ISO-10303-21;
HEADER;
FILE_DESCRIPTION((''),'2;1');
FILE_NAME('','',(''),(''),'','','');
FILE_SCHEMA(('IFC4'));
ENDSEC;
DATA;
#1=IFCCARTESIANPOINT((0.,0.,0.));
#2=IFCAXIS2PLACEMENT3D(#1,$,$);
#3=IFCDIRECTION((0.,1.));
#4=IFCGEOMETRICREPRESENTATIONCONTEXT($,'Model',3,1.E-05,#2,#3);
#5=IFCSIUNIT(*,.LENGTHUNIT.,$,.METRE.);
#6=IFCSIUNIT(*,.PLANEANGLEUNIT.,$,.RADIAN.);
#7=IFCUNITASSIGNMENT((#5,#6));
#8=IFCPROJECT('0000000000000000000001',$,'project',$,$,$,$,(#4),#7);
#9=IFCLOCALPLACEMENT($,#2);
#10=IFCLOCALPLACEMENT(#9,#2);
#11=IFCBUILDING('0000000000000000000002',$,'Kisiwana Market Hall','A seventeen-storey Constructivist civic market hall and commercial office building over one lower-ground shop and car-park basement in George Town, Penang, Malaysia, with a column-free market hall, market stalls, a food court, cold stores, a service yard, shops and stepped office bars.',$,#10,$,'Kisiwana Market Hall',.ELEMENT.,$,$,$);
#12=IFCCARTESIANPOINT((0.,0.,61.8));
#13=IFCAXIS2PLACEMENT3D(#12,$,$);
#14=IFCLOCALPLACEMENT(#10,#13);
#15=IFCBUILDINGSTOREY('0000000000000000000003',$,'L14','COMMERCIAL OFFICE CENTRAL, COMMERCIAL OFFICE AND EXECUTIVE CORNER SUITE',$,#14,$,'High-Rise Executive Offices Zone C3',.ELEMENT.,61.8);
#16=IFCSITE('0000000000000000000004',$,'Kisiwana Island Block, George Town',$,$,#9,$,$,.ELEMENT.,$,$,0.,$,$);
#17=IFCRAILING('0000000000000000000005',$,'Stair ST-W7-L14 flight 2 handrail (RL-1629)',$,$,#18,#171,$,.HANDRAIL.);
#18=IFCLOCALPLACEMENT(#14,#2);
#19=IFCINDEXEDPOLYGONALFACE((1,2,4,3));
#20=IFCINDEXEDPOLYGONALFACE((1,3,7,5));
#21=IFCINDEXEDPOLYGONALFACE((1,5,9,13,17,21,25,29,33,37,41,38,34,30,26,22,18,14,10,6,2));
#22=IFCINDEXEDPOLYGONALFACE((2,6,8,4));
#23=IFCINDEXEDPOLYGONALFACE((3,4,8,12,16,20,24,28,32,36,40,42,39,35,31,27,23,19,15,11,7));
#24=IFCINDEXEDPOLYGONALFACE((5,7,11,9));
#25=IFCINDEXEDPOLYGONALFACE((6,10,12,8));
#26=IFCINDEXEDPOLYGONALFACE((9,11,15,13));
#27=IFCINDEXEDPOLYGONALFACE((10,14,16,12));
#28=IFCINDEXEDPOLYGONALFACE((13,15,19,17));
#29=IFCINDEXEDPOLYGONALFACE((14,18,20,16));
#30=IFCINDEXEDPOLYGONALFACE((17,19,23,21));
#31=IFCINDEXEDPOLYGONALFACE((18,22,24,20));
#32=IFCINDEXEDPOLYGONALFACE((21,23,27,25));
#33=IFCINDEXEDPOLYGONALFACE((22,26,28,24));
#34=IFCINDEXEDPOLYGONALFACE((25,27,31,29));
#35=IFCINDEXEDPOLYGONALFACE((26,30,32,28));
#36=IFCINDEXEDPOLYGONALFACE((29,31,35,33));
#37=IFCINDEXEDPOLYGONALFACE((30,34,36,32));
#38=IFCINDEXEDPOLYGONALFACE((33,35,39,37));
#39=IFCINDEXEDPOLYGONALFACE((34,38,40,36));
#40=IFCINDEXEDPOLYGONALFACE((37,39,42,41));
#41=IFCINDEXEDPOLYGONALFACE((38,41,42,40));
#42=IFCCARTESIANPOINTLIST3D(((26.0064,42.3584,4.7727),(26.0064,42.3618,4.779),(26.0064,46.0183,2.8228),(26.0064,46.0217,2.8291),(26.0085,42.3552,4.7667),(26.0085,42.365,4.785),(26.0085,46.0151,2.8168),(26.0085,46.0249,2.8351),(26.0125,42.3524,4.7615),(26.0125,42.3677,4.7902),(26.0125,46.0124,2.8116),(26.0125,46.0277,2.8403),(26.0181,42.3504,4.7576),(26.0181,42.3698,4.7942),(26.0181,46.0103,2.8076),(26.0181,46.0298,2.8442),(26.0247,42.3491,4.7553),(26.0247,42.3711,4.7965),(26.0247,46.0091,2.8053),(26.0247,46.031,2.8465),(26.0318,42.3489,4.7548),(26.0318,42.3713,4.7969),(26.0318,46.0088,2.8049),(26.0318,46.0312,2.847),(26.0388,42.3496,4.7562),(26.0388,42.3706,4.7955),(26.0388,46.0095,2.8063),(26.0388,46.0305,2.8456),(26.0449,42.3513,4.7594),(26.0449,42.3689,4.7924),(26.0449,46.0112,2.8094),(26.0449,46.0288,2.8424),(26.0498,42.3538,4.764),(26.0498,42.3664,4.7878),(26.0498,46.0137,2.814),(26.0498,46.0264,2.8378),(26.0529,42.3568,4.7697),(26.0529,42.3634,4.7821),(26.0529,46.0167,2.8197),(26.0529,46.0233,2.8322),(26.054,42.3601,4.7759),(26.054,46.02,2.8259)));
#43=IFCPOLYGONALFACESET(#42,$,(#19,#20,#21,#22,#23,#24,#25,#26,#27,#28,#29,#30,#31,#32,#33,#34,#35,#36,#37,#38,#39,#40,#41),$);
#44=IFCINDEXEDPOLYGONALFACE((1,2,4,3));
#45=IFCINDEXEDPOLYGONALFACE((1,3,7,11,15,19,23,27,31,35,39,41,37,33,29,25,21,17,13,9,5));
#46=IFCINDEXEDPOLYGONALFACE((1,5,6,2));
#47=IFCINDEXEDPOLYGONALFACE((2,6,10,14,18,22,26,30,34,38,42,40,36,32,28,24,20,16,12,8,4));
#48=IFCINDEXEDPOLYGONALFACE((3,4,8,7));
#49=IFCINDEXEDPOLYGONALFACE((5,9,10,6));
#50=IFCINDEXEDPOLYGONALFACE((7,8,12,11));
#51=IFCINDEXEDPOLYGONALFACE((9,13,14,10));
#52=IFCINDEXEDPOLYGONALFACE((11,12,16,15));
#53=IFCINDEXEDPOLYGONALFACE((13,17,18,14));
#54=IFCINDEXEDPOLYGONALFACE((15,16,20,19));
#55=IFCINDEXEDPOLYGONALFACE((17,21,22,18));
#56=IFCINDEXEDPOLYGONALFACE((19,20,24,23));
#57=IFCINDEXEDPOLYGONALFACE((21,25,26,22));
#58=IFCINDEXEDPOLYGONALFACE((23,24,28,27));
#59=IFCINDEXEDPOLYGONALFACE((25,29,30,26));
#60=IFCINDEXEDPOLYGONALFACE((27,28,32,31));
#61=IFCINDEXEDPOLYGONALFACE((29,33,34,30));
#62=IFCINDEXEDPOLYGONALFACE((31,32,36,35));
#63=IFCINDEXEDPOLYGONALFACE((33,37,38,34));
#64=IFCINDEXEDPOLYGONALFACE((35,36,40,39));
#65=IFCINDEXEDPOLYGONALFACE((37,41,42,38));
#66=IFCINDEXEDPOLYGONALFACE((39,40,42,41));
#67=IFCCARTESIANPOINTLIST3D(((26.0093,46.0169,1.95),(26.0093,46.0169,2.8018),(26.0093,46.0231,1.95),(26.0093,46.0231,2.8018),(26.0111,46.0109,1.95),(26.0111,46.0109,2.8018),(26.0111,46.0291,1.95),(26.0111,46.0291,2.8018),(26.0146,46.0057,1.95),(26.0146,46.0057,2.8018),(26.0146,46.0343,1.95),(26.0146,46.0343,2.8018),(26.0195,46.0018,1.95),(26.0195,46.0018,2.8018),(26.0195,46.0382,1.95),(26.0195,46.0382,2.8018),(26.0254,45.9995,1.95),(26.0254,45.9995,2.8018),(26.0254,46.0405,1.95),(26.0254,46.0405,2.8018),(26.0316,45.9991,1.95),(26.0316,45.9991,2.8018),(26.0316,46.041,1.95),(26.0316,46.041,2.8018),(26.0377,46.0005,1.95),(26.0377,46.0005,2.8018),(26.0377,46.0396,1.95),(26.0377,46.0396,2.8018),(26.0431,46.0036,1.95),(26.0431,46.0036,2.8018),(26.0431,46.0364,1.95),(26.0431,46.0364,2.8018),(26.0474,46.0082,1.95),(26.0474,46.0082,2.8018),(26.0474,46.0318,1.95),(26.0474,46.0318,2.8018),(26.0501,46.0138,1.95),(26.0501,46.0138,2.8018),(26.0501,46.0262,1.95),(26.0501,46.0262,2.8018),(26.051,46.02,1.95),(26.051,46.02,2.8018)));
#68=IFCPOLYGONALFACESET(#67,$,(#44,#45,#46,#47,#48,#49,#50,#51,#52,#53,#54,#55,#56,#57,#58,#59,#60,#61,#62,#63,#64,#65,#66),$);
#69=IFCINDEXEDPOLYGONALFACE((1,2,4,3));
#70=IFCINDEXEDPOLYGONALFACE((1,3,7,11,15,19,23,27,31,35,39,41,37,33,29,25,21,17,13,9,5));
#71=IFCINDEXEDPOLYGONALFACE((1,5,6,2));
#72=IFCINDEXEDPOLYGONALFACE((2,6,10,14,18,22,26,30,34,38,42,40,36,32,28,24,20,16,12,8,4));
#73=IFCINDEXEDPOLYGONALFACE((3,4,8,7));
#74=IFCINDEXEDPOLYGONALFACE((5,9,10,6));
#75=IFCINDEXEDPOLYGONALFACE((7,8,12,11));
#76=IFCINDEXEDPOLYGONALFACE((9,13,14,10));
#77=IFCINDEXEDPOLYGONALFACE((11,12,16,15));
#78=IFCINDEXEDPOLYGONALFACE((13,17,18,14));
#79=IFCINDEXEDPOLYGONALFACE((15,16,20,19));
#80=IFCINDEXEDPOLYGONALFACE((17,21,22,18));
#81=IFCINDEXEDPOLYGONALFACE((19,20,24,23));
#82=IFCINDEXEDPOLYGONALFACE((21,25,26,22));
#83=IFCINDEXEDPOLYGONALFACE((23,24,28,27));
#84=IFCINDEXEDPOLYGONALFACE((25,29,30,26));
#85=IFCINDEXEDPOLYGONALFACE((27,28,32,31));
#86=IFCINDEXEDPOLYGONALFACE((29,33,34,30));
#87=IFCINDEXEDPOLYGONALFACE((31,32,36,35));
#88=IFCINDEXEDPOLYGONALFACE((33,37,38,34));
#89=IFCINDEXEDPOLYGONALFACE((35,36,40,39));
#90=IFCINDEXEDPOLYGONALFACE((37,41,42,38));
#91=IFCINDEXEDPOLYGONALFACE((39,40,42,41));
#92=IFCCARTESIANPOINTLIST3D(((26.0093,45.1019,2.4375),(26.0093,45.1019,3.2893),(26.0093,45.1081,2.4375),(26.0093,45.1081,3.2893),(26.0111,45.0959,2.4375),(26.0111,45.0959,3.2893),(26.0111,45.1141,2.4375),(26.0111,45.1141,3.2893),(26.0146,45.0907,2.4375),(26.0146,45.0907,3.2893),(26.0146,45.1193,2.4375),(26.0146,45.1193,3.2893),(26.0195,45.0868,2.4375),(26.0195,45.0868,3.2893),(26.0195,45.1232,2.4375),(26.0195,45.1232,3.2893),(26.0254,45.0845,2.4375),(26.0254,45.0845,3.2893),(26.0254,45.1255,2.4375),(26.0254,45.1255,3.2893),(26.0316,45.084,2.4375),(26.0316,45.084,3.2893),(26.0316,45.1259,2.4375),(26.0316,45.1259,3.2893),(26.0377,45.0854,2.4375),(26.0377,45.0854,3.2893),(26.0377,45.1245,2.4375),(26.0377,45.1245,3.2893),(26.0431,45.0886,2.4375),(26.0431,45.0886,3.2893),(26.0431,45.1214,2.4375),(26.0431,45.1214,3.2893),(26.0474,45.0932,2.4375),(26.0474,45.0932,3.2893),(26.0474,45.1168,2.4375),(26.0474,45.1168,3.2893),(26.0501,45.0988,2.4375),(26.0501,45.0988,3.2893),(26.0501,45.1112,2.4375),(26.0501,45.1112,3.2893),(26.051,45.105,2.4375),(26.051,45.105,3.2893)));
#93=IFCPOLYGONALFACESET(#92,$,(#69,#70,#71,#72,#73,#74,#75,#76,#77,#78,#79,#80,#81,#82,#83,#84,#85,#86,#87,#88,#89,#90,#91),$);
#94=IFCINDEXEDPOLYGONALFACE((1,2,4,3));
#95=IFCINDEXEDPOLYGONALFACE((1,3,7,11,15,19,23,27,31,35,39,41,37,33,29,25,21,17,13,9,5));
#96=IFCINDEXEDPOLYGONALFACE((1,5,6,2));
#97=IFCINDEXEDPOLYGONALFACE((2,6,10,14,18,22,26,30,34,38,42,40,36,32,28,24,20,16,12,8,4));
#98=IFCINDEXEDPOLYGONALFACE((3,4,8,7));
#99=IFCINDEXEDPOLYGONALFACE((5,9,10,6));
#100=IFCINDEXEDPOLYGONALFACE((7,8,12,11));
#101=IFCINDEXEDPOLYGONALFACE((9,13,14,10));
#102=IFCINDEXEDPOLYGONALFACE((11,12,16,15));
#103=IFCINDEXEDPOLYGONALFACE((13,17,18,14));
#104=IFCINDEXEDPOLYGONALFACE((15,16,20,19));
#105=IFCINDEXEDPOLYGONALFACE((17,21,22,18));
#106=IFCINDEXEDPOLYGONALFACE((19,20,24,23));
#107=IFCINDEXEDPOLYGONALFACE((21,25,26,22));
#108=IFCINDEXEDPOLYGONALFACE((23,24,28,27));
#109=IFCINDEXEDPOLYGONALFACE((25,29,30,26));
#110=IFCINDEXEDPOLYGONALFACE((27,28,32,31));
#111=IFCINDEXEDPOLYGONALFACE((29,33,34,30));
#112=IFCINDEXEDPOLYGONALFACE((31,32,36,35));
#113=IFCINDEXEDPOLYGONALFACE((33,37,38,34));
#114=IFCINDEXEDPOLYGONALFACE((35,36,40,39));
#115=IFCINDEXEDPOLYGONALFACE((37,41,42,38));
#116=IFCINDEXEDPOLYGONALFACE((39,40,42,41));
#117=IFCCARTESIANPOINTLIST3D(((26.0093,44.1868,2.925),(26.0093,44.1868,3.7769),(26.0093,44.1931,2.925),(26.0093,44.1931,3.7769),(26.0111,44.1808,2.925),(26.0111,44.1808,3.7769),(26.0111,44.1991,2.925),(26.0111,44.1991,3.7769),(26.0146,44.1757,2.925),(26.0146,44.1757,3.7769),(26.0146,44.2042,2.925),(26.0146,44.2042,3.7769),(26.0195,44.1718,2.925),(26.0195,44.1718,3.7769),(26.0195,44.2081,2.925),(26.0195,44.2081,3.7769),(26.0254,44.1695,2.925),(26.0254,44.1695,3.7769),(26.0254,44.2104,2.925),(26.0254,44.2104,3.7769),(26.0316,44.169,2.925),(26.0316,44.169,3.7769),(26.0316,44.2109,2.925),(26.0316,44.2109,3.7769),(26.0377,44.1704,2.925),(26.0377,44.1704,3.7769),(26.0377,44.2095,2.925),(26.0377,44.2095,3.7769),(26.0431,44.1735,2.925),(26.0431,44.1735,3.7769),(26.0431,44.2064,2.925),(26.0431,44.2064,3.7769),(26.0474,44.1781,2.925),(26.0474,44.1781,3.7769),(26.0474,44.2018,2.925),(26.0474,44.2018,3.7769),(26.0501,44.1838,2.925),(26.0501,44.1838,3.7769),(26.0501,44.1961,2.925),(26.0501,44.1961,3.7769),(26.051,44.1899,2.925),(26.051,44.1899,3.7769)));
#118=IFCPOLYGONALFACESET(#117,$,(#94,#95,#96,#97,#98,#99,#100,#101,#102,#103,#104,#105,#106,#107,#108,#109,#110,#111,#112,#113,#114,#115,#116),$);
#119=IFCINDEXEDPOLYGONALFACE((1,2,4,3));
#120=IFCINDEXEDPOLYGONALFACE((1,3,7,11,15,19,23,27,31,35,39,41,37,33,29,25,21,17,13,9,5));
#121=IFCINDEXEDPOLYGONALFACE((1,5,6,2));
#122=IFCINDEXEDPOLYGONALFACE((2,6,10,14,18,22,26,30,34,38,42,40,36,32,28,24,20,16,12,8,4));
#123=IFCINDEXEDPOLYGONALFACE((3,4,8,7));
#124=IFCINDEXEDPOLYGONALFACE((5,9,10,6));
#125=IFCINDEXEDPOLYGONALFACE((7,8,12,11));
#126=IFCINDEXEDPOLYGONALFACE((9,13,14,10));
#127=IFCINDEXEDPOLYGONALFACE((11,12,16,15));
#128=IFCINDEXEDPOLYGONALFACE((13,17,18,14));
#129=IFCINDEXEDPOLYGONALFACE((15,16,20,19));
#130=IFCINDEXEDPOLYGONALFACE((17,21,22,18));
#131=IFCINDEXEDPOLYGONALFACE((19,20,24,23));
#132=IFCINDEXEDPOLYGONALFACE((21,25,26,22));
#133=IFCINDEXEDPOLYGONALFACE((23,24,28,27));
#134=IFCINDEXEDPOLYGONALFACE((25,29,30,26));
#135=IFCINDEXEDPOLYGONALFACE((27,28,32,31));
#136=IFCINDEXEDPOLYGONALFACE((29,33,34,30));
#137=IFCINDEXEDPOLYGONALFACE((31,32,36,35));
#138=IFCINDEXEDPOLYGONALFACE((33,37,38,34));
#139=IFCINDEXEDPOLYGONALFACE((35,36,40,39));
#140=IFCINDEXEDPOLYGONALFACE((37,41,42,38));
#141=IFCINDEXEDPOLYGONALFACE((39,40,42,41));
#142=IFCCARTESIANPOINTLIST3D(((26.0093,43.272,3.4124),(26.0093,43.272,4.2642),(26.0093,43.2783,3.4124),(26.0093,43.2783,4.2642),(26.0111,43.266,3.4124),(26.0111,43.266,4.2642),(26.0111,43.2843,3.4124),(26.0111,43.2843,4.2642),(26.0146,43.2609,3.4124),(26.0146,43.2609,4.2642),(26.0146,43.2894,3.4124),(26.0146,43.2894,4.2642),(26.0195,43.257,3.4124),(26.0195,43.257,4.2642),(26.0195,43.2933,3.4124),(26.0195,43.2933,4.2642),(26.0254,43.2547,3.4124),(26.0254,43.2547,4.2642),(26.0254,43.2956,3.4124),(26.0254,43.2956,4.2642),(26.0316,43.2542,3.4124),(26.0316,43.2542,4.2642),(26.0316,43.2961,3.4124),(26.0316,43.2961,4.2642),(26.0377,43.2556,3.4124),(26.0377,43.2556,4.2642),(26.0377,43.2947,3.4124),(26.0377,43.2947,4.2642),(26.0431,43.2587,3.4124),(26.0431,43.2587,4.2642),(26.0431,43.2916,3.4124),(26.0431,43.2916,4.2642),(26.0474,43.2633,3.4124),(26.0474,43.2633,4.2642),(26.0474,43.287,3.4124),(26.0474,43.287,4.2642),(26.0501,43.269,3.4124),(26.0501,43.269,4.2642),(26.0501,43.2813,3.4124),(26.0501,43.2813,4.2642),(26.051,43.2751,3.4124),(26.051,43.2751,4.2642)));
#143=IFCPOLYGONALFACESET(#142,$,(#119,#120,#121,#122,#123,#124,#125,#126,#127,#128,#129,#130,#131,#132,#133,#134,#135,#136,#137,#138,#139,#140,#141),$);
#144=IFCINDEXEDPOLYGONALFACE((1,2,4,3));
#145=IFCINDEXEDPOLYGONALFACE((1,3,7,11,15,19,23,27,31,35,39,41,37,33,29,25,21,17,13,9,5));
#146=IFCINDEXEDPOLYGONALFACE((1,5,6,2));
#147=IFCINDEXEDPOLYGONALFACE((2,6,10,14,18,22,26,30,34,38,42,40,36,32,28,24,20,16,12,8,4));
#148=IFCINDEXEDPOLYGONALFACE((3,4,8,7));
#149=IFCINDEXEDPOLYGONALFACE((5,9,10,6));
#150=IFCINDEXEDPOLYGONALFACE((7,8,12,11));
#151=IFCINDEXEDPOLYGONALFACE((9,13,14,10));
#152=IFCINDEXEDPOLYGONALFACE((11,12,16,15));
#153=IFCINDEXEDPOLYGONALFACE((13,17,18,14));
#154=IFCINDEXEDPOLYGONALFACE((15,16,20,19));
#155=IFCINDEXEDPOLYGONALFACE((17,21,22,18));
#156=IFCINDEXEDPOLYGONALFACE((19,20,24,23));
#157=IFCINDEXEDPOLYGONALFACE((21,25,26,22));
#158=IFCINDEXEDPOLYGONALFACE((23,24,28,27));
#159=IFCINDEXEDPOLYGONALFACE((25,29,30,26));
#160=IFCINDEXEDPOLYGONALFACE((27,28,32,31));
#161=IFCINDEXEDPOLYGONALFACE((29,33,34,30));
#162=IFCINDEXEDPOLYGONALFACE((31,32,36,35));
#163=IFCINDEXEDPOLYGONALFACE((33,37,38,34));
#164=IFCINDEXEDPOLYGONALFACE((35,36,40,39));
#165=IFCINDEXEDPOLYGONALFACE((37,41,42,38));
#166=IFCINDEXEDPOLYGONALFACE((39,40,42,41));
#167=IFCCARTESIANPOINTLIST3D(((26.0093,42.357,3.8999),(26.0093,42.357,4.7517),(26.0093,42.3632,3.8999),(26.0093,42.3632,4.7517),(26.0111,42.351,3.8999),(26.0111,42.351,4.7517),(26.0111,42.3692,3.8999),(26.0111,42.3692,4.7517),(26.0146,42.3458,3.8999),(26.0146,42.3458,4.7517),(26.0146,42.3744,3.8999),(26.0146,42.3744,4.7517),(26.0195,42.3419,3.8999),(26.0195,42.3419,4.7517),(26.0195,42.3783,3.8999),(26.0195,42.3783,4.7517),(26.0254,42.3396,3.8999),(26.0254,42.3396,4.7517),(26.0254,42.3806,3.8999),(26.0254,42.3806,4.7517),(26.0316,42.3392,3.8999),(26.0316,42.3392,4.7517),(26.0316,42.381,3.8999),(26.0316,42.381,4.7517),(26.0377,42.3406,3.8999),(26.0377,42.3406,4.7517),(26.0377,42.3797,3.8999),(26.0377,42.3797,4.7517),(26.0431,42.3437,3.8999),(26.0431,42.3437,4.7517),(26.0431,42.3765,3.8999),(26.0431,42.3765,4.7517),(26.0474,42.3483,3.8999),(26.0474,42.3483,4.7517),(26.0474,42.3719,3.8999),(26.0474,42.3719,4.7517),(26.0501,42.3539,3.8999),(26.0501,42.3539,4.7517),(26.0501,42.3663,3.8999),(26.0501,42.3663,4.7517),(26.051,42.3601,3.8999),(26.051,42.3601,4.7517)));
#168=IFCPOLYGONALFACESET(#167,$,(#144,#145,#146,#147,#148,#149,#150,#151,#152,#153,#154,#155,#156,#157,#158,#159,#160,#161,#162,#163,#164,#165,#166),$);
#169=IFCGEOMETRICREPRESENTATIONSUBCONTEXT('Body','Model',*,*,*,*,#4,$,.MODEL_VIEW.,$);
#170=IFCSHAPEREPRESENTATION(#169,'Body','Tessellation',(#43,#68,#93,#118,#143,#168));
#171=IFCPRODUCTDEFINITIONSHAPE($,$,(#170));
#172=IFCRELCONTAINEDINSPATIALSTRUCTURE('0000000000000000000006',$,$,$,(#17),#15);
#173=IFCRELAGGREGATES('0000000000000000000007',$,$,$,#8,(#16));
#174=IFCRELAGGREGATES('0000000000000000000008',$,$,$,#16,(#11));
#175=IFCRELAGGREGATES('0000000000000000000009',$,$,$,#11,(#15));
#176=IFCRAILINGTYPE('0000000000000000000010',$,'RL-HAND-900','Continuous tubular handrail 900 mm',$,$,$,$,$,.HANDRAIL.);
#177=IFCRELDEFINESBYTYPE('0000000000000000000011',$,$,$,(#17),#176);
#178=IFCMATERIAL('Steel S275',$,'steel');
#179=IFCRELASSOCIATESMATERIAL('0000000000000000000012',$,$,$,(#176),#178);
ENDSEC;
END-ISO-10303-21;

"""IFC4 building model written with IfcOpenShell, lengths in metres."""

from ifc_helpers import new_model, si_unit, direction, frame, origin, origin_2d, place, context, subcontext, project, spatial, circle, extrude, material, type_object, element, save


model = new_model("IFC4")

# Units and contexts
model_context = context("Model", 3, precision=1e-05, world=origin(), true_north=direction((0.0, 1.0)))
body_context = subcontext(model_context, "Body", "Model", "MODEL_VIEW")
ifc_project = project(units=[si_unit("LENGTHUNIT", "METRE"), si_unit("PLANEANGLEUNIT", "RADIAN")], contexts=[model_context])

# Site, building, storey
site_placement = place(None, origin())
site = spatial("IfcSite", under=ifc_project, at=site_placement, Name="Kisiwana Island Block, George Town", CompositionType="ELEMENT", RefElevation=0.0)
building_placement = place(site_placement, origin())
building = spatial("IfcBuilding", under=site, at=building_placement, Name="Kisiwana Market Hall", Description="A seventeen-storey Constructivist civic market hall and commercial office building over one lower-ground shop and car-park basement in George Town, Penang, Malaysia, with a column-free market hall, market stalls, a food court, cold stores, a service yard, shops and stepped office bars.", LongName="Kisiwana Market Hall", CompositionType="ELEMENT")
storey_placement = place(building_placement, frame((0.0, 0.0, 61.8)))
storey = spatial("IfcBuildingStorey", under=building, at=storey_placement, Name="L14", Description="COMMERCIAL OFFICE CENTRAL, COMMERCIAL OFFICE AND EXECUTIVE CORNER SUITE", LongName="High-Rise Executive Offices Zone C3", CompositionType="ELEMENT", Elevation=61.8)

# Railing
ifc_material_1 = material(Name="Steel S275", Category="steel")
railing_type_1 = type_object("IfcRailingType", Name="RL-HAND-900", Description="Continuous tubular handrail 900 mm", PredefinedType="HANDRAIL", material=ifc_material_1)
railing_1_placement = place(storey_placement, frame((26.03, 46.02, 1.95)))
element("IfcRailing", 1, at=railing_1_placement, inside=storey, type_object=railing_type_1, Name="Stair ST-W7-L14 flight 2 handrail (RL-1629)", PredefinedType="HANDRAIL", context=body_context, shape_type="SweptSolid", body=[
    extrude(circle(Radius=0.0239, at=origin_2d()), frame((0.0, 0.0, 0.876), z_axis=(0.0, -0.882553, 0.470212), x_axis=(1.0, 0.0, 0.0)), (0.0, 0.0, 1.0), 4.147),
    extrude(circle(Radius=0.021, at=origin_2d()), origin(), (0.0, 0.0, 1.0), 0.8518),
    extrude(circle(Radius=0.021, at=origin_2d()), frame((0.0, -0.915, 0.4875)), (0.0, 0.0, 1.0), 0.8518),
    extrude(circle(Radius=0.021, at=origin_2d()), frame((0.0, -1.8301, 0.9751)), (0.0, 0.0, 1.0), 0.8518),
    extrude(circle(Radius=0.021, at=origin_2d()), frame((0.0, -2.7449, 1.4624)), (0.0, 0.0, 1.0), 0.8518),
    extrude(circle(Radius=0.021, at=origin_2d()), frame((0.0, -3.6599, 1.95)), (0.0, 0.0, 1.0), 0.8518),
])

save(model, "model.ifc")
